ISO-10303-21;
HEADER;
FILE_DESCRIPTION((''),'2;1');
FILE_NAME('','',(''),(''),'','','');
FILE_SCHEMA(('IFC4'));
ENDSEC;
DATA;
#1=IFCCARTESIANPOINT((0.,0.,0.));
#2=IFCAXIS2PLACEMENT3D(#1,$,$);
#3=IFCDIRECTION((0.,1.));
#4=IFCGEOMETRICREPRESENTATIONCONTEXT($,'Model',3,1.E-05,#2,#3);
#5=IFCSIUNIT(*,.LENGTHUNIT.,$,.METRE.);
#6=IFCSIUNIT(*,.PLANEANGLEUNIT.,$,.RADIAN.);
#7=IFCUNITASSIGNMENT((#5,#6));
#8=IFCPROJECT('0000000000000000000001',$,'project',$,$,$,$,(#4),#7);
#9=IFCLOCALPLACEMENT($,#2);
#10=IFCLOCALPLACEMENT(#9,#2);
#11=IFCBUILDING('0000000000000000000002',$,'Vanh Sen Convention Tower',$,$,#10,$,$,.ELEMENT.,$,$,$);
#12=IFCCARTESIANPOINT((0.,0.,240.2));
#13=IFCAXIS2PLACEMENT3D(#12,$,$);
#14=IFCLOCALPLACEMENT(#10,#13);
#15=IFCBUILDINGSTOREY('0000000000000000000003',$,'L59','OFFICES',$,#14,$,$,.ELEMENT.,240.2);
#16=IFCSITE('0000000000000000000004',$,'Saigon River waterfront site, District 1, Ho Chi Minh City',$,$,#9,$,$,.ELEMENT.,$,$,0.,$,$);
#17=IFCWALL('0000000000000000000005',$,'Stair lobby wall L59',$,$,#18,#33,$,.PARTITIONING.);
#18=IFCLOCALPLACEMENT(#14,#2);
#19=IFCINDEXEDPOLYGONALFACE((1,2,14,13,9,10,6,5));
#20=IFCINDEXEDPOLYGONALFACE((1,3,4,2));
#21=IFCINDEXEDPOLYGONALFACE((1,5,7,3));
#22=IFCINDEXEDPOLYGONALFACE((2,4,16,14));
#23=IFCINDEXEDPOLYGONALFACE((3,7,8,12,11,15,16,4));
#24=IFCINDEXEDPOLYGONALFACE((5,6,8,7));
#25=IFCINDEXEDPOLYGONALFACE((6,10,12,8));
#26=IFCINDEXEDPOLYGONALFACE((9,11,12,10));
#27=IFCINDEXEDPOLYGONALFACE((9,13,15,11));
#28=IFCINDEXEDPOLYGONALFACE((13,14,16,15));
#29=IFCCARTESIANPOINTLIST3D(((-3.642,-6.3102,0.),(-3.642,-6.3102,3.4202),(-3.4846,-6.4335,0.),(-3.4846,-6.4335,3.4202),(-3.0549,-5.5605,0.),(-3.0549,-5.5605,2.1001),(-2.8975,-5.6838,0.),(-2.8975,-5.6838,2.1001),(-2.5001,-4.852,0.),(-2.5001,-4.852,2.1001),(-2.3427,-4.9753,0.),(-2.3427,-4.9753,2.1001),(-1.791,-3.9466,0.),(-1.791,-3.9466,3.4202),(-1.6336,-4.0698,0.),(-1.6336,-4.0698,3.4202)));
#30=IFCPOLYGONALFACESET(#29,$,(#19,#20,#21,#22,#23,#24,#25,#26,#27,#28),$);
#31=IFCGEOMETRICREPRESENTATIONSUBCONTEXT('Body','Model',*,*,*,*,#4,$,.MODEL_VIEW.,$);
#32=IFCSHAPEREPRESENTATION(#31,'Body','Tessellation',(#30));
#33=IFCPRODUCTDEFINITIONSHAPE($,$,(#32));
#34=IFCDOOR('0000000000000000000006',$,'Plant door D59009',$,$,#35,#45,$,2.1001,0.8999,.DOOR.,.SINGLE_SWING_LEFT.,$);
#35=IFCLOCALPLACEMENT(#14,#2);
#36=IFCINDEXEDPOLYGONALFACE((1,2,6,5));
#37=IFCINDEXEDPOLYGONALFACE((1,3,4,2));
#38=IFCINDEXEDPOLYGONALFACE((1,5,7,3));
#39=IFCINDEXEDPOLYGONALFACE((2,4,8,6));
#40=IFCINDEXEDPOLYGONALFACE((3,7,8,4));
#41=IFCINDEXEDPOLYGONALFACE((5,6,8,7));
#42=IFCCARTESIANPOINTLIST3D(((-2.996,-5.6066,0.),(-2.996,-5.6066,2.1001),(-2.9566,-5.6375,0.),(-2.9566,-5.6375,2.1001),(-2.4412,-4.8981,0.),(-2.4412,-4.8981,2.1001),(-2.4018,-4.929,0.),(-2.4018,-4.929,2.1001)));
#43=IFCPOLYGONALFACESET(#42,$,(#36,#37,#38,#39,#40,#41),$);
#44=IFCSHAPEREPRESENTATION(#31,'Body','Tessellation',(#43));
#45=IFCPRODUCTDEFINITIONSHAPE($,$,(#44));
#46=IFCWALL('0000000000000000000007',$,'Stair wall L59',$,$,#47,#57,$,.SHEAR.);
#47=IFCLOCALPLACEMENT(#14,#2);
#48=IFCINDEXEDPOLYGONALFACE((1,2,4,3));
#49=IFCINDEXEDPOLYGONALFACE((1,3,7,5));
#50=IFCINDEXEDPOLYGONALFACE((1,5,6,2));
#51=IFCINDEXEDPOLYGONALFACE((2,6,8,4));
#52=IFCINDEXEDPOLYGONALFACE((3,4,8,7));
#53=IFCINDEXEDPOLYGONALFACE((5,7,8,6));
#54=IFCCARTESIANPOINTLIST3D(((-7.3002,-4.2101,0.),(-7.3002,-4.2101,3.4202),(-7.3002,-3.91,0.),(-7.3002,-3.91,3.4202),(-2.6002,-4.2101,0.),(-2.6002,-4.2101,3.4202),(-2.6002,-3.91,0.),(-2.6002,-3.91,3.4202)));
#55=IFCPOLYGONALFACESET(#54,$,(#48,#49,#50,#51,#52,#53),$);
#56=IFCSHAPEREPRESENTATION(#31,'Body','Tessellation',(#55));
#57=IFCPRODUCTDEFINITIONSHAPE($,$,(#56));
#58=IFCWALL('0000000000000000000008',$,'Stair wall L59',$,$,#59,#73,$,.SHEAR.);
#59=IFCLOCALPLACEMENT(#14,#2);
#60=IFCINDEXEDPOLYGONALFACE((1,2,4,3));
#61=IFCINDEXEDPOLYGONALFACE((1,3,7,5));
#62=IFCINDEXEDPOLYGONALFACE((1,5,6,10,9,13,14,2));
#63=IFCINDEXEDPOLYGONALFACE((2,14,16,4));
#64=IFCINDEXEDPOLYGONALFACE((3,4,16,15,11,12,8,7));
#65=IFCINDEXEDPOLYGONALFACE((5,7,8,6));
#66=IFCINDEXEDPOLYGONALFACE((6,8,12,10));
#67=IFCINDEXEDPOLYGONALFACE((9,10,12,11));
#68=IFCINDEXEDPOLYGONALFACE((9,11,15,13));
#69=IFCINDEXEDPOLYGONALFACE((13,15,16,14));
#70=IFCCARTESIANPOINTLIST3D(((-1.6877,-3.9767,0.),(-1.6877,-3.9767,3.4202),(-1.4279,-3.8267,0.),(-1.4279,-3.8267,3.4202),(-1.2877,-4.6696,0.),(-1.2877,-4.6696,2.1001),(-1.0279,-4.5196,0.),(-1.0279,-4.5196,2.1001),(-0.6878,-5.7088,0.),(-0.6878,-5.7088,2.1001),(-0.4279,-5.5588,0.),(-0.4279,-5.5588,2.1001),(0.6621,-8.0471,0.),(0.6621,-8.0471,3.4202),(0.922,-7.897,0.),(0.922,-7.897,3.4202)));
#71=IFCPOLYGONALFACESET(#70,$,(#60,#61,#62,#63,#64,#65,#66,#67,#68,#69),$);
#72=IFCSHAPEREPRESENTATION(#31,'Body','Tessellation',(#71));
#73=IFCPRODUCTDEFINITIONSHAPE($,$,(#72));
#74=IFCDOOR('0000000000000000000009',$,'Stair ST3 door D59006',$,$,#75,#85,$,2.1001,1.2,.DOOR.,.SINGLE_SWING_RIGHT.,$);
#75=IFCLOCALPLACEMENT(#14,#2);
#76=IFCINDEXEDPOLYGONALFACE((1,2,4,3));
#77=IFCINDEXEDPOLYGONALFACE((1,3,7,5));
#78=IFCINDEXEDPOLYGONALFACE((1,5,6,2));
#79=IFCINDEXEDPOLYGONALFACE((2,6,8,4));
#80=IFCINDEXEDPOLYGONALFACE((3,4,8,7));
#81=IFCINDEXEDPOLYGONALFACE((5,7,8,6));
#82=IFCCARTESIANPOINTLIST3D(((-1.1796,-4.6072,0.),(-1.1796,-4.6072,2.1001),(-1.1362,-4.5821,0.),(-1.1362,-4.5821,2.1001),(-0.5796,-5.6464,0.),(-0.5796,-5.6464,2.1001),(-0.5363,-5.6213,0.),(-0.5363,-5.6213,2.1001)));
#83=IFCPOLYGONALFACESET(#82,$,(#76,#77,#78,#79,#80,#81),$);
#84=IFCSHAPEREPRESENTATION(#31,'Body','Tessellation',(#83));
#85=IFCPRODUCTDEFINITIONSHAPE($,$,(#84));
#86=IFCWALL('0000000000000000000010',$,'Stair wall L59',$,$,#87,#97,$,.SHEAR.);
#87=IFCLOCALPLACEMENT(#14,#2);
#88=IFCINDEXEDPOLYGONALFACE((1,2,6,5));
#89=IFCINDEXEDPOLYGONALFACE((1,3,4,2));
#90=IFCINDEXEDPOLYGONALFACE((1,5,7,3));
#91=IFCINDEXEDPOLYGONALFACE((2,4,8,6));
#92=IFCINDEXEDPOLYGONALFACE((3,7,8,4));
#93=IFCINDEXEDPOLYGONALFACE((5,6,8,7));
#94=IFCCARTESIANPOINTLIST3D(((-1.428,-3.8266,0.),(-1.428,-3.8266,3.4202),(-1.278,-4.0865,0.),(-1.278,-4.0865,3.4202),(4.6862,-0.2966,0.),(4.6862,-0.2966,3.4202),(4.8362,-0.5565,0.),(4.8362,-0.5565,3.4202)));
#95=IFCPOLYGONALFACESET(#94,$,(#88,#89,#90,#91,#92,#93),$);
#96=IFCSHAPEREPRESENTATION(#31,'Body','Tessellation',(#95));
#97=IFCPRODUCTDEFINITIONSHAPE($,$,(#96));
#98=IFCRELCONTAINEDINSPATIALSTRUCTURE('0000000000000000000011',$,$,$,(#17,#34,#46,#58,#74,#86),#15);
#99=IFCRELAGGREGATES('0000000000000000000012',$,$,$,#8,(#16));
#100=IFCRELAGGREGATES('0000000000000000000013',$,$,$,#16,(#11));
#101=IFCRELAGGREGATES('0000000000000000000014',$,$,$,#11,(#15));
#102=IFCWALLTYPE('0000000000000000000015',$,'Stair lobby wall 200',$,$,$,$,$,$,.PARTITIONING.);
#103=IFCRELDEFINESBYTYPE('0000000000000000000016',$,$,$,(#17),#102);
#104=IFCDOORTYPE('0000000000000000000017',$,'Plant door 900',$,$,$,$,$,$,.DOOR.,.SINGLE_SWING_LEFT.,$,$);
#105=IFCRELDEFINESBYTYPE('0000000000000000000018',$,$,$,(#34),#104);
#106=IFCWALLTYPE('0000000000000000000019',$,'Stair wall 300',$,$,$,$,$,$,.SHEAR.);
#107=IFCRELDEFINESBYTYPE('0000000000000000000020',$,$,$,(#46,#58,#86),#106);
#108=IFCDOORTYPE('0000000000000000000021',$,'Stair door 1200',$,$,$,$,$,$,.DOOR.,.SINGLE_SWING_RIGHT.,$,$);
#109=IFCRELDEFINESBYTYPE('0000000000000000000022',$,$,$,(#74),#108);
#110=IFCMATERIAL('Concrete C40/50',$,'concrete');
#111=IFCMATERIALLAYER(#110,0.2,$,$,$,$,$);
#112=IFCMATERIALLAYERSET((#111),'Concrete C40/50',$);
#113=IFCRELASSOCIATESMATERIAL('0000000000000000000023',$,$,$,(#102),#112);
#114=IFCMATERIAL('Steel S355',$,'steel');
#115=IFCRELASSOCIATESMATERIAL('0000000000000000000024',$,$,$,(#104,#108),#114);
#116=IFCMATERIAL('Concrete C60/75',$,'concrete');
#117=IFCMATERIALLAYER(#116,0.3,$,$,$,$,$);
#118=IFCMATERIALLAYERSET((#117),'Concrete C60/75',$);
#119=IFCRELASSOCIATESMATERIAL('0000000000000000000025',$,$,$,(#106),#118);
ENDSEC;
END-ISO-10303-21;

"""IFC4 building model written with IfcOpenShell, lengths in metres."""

from ifc_helpers import new_model, si_unit, direction, frame, frame_2d, origin, place, context, subcontext, project, spatial, rectangle, extrude, material, layer, layer_set, type_object, element, fill, save


model = new_model("IFC4")

# Units and contexts
model_context = context("Model", 3, precision=1e-05, world=origin(), true_north=direction((0.0, 1.0)))
body_context = subcontext(model_context, "Body", "Model", "MODEL_VIEW")
ifc_project = project(units=[si_unit("LENGTHUNIT", "METRE"), si_unit("PLANEANGLEUNIT", "RADIAN")], contexts=[model_context])

# Site, building, storey
site_placement = place(None, origin())
site = spatial("IfcSite", under=ifc_project, at=site_placement, Name="Saigon River waterfront site, District 1, Ho Chi Minh City", CompositionType="ELEMENT", RefElevation=0.0)
building_placement = place(site_placement, origin())
building = spatial("IfcBuilding", under=site, at=building_placement, Name="Vanh Sen Convention Tower", CompositionType="ELEMENT")
storey_placement = place(building_placement, frame((0.0, 0.0, 240.2)))
storey = spatial("IfcBuildingStorey", under=building, at=storey_placement, Name="L59", Description="OFFICES", CompositionType="ELEMENT", Elevation=240.2)

# Shared definitions
ifc_material_1 = material(Name="Concrete C60/75", Category="concrete")
ifc_material_2 = material(Name="Steel S355", Category="steel")

# Shared definitions
ifc_material_3 = material(Name="Concrete C40/50", Category="concrete")

# Wall, opening, door
ifc_layer_1 = layer(ifc_material_3, 0.2)
ifc_layer_set_1 = layer_set([ifc_layer_1], Name="Concrete C40/50")
wall_type_1 = type_object("IfcWallType", Name="Stair lobby wall 200", PredefinedType="PARTITIONING", material=ifc_layer_set_1)
wall_1_placement = place(storey_placement, frame((-1.7124, -4.0083, 0.0), z_axis=(0.0, 0.0, 1.0), x_axis=(-0.616549, -0.787316, 0.0)))
wall_1 = element("IfcWall", 1, at=wall_1_placement, inside=storey, type_object=wall_type_1, Name="Stair lobby wall L59", PredefinedType="PARTITIONING", context=body_context, shape_type="SweptSolid", body=[
    extrude(rectangle(XDim=3.0022, YDim=0.2, at=frame_2d((1.501, 0.0))), origin(), (0.0, 0.0, 1.0), 3.4202),
])
opening_1_placement = place(wall_1_placement, frame((1.1499, 0.0, 0.0)))
opening_1 = element("IfcOpeningElement", 2, at=opening_1_placement, cuts=wall_1, PredefinedType="OPENING", context=body_context, shape_type="SweptSolid", body=[
    extrude(rectangle(XDim=0.8999, YDim=2.1001, at=frame_2d((0.45, 1.05))), frame((0.0, 0.1099, 0.0), z_axis=(0.0, -1.0, 0.0), x_axis=(1.0, 0.0, 0.0)), (0.0, 0.0, 1.0), 0.22),
])
door_type_1 = type_object("IfcDoorType", Name="Plant door 900", OperationType="SINGLE_SWING_LEFT", PredefinedType="DOOR", material=ifc_material_2)
door_1_placement = place(opening_1_placement, origin())
door_1 = element("IfcDoor", 3, at=door_1_placement, inside=storey, type_object=door_type_1, Name="Plant door D59009", OperationType="SINGLE_SWING_LEFT", OverallHeight=2.1001, OverallWidth=0.8999, PredefinedType="DOOR", context=body_context, shape_type="SweptSolid", body=[
    extrude(rectangle(XDim=0.8999, YDim=2.1001, at=frame_2d((0.45, 1.05))), frame((0.0, 0.0249, 0.0), z_axis=(0.0, -1.0, 0.0), x_axis=(1.0, 0.0, 0.0)), (0.0, 0.0, 1.0), 0.05),
])
fill(opening_1, door_1)

# Wall
ifc_layer_2 = layer(ifc_material_1, 0.3)
ifc_layer_set_2 = layer_set([ifc_layer_2], Name="Concrete C60/75")
wall_type_2 = type_object("IfcWallType", Name="Stair wall 300", PredefinedType="SHEAR", material=ifc_layer_set_2)
wall_2_placement = place(storey_placement, frame((-2.6001, -4.0601, 0.0), z_axis=(0.0, 0.0, 1.0), x_axis=(-1.0, 0.0, 0.0)))
element("IfcWall", 4, at=wall_2_placement, inside=storey, type_object=wall_type_2, Name="Stair wall L59", PredefinedType="SHEAR", context=body_context, shape_type="SweptSolid", body=[
    extrude(rectangle(XDim=4.7, YDim=0.3, at=frame_2d((2.3501, 0.0))), origin(), (0.0, 0.0, 1.0), 3.4202),
])

# Wall, opening, door
wall_3_placement = place(storey_placement, frame((-1.5579, -3.9016, 0.0), z_axis=(0.0, 0.0, 1.0), x_axis=(0.499977, -0.866039, 0.0)))
wall_3 = element("IfcWall", 5, at=wall_3_placement, inside=storey, type_object=wall_type_2, Name="Stair wall L59", PredefinedType="SHEAR", context=body_context, shape_type="SweptSolid", body=[
    extrude(rectangle(XDim=4.7, YDim=0.3, at=frame_2d((2.3501, 0.0))), origin(), (0.0, 0.0, 1.0), 3.4202),
])
opening_2_placement = place(wall_3_placement, frame((0.8, 0.0, 0.0)))
opening_2 = element("IfcOpeningElement", 6, at=opening_2_placement, cuts=wall_3, PredefinedType="OPENING", context=body_context, shape_type="SweptSolid", body=[
    extrude(rectangle(XDim=1.2, YDim=2.1001, at=frame_2d((0.6001, 1.05))), frame((0.0, 0.1599, 0.0), z_axis=(0.0, -1.0, 0.0), x_axis=(1.0, 0.0, 0.0)), (0.0, 0.0, 1.0), 0.3201),
])
door_type_2 = type_object("IfcDoorType", Name="Stair door 1200", OperationType="SINGLE_SWING_RIGHT", PredefinedType="DOOR", material=ifc_material_2)
door_2_placement = place(opening_2_placement, origin())
door_2 = element("IfcDoor", 7, at=door_2_placement, inside=storey, type_object=door_type_2, Name="Stair ST3 door D59006", OperationType="SINGLE_SWING_RIGHT", OverallHeight=2.1001, OverallWidth=1.2, PredefinedType="DOOR", context=body_context, shape_type="SweptSolid", body=[
    extrude(rectangle(XDim=1.2, YDim=2.1001, at=frame_2d((0.6001, 1.05))), frame((0.0, 0.0249, 0.0), z_axis=(0.0, -1.0, 0.0), x_axis=(1.0, 0.0, 0.0)), (0.0, 0.0, 1.0), 0.05),
])
fill(opening_2, door_2)

# Wall
wall_4_placement = place(storey_placement, frame((-1.353, -3.9565, 0.0), z_axis=(0.0, 0.0, 1.0), x_axis=(0.866028, 0.499996, 0.0)))
element("IfcWall", 8, at=wall_4_placement, inside=storey, type_object=wall_type_2, Name="Stair wall L59", PredefinedType="SHEAR", context=body_context, shape_type="SweptSolid", body=[
    extrude(rectangle(XDim=7.0601, YDim=0.3, at=frame_2d((3.53, 0.0))), origin(), (0.0, 0.0, 1.0), 3.4202),
])

save(model, "model.ifc")
